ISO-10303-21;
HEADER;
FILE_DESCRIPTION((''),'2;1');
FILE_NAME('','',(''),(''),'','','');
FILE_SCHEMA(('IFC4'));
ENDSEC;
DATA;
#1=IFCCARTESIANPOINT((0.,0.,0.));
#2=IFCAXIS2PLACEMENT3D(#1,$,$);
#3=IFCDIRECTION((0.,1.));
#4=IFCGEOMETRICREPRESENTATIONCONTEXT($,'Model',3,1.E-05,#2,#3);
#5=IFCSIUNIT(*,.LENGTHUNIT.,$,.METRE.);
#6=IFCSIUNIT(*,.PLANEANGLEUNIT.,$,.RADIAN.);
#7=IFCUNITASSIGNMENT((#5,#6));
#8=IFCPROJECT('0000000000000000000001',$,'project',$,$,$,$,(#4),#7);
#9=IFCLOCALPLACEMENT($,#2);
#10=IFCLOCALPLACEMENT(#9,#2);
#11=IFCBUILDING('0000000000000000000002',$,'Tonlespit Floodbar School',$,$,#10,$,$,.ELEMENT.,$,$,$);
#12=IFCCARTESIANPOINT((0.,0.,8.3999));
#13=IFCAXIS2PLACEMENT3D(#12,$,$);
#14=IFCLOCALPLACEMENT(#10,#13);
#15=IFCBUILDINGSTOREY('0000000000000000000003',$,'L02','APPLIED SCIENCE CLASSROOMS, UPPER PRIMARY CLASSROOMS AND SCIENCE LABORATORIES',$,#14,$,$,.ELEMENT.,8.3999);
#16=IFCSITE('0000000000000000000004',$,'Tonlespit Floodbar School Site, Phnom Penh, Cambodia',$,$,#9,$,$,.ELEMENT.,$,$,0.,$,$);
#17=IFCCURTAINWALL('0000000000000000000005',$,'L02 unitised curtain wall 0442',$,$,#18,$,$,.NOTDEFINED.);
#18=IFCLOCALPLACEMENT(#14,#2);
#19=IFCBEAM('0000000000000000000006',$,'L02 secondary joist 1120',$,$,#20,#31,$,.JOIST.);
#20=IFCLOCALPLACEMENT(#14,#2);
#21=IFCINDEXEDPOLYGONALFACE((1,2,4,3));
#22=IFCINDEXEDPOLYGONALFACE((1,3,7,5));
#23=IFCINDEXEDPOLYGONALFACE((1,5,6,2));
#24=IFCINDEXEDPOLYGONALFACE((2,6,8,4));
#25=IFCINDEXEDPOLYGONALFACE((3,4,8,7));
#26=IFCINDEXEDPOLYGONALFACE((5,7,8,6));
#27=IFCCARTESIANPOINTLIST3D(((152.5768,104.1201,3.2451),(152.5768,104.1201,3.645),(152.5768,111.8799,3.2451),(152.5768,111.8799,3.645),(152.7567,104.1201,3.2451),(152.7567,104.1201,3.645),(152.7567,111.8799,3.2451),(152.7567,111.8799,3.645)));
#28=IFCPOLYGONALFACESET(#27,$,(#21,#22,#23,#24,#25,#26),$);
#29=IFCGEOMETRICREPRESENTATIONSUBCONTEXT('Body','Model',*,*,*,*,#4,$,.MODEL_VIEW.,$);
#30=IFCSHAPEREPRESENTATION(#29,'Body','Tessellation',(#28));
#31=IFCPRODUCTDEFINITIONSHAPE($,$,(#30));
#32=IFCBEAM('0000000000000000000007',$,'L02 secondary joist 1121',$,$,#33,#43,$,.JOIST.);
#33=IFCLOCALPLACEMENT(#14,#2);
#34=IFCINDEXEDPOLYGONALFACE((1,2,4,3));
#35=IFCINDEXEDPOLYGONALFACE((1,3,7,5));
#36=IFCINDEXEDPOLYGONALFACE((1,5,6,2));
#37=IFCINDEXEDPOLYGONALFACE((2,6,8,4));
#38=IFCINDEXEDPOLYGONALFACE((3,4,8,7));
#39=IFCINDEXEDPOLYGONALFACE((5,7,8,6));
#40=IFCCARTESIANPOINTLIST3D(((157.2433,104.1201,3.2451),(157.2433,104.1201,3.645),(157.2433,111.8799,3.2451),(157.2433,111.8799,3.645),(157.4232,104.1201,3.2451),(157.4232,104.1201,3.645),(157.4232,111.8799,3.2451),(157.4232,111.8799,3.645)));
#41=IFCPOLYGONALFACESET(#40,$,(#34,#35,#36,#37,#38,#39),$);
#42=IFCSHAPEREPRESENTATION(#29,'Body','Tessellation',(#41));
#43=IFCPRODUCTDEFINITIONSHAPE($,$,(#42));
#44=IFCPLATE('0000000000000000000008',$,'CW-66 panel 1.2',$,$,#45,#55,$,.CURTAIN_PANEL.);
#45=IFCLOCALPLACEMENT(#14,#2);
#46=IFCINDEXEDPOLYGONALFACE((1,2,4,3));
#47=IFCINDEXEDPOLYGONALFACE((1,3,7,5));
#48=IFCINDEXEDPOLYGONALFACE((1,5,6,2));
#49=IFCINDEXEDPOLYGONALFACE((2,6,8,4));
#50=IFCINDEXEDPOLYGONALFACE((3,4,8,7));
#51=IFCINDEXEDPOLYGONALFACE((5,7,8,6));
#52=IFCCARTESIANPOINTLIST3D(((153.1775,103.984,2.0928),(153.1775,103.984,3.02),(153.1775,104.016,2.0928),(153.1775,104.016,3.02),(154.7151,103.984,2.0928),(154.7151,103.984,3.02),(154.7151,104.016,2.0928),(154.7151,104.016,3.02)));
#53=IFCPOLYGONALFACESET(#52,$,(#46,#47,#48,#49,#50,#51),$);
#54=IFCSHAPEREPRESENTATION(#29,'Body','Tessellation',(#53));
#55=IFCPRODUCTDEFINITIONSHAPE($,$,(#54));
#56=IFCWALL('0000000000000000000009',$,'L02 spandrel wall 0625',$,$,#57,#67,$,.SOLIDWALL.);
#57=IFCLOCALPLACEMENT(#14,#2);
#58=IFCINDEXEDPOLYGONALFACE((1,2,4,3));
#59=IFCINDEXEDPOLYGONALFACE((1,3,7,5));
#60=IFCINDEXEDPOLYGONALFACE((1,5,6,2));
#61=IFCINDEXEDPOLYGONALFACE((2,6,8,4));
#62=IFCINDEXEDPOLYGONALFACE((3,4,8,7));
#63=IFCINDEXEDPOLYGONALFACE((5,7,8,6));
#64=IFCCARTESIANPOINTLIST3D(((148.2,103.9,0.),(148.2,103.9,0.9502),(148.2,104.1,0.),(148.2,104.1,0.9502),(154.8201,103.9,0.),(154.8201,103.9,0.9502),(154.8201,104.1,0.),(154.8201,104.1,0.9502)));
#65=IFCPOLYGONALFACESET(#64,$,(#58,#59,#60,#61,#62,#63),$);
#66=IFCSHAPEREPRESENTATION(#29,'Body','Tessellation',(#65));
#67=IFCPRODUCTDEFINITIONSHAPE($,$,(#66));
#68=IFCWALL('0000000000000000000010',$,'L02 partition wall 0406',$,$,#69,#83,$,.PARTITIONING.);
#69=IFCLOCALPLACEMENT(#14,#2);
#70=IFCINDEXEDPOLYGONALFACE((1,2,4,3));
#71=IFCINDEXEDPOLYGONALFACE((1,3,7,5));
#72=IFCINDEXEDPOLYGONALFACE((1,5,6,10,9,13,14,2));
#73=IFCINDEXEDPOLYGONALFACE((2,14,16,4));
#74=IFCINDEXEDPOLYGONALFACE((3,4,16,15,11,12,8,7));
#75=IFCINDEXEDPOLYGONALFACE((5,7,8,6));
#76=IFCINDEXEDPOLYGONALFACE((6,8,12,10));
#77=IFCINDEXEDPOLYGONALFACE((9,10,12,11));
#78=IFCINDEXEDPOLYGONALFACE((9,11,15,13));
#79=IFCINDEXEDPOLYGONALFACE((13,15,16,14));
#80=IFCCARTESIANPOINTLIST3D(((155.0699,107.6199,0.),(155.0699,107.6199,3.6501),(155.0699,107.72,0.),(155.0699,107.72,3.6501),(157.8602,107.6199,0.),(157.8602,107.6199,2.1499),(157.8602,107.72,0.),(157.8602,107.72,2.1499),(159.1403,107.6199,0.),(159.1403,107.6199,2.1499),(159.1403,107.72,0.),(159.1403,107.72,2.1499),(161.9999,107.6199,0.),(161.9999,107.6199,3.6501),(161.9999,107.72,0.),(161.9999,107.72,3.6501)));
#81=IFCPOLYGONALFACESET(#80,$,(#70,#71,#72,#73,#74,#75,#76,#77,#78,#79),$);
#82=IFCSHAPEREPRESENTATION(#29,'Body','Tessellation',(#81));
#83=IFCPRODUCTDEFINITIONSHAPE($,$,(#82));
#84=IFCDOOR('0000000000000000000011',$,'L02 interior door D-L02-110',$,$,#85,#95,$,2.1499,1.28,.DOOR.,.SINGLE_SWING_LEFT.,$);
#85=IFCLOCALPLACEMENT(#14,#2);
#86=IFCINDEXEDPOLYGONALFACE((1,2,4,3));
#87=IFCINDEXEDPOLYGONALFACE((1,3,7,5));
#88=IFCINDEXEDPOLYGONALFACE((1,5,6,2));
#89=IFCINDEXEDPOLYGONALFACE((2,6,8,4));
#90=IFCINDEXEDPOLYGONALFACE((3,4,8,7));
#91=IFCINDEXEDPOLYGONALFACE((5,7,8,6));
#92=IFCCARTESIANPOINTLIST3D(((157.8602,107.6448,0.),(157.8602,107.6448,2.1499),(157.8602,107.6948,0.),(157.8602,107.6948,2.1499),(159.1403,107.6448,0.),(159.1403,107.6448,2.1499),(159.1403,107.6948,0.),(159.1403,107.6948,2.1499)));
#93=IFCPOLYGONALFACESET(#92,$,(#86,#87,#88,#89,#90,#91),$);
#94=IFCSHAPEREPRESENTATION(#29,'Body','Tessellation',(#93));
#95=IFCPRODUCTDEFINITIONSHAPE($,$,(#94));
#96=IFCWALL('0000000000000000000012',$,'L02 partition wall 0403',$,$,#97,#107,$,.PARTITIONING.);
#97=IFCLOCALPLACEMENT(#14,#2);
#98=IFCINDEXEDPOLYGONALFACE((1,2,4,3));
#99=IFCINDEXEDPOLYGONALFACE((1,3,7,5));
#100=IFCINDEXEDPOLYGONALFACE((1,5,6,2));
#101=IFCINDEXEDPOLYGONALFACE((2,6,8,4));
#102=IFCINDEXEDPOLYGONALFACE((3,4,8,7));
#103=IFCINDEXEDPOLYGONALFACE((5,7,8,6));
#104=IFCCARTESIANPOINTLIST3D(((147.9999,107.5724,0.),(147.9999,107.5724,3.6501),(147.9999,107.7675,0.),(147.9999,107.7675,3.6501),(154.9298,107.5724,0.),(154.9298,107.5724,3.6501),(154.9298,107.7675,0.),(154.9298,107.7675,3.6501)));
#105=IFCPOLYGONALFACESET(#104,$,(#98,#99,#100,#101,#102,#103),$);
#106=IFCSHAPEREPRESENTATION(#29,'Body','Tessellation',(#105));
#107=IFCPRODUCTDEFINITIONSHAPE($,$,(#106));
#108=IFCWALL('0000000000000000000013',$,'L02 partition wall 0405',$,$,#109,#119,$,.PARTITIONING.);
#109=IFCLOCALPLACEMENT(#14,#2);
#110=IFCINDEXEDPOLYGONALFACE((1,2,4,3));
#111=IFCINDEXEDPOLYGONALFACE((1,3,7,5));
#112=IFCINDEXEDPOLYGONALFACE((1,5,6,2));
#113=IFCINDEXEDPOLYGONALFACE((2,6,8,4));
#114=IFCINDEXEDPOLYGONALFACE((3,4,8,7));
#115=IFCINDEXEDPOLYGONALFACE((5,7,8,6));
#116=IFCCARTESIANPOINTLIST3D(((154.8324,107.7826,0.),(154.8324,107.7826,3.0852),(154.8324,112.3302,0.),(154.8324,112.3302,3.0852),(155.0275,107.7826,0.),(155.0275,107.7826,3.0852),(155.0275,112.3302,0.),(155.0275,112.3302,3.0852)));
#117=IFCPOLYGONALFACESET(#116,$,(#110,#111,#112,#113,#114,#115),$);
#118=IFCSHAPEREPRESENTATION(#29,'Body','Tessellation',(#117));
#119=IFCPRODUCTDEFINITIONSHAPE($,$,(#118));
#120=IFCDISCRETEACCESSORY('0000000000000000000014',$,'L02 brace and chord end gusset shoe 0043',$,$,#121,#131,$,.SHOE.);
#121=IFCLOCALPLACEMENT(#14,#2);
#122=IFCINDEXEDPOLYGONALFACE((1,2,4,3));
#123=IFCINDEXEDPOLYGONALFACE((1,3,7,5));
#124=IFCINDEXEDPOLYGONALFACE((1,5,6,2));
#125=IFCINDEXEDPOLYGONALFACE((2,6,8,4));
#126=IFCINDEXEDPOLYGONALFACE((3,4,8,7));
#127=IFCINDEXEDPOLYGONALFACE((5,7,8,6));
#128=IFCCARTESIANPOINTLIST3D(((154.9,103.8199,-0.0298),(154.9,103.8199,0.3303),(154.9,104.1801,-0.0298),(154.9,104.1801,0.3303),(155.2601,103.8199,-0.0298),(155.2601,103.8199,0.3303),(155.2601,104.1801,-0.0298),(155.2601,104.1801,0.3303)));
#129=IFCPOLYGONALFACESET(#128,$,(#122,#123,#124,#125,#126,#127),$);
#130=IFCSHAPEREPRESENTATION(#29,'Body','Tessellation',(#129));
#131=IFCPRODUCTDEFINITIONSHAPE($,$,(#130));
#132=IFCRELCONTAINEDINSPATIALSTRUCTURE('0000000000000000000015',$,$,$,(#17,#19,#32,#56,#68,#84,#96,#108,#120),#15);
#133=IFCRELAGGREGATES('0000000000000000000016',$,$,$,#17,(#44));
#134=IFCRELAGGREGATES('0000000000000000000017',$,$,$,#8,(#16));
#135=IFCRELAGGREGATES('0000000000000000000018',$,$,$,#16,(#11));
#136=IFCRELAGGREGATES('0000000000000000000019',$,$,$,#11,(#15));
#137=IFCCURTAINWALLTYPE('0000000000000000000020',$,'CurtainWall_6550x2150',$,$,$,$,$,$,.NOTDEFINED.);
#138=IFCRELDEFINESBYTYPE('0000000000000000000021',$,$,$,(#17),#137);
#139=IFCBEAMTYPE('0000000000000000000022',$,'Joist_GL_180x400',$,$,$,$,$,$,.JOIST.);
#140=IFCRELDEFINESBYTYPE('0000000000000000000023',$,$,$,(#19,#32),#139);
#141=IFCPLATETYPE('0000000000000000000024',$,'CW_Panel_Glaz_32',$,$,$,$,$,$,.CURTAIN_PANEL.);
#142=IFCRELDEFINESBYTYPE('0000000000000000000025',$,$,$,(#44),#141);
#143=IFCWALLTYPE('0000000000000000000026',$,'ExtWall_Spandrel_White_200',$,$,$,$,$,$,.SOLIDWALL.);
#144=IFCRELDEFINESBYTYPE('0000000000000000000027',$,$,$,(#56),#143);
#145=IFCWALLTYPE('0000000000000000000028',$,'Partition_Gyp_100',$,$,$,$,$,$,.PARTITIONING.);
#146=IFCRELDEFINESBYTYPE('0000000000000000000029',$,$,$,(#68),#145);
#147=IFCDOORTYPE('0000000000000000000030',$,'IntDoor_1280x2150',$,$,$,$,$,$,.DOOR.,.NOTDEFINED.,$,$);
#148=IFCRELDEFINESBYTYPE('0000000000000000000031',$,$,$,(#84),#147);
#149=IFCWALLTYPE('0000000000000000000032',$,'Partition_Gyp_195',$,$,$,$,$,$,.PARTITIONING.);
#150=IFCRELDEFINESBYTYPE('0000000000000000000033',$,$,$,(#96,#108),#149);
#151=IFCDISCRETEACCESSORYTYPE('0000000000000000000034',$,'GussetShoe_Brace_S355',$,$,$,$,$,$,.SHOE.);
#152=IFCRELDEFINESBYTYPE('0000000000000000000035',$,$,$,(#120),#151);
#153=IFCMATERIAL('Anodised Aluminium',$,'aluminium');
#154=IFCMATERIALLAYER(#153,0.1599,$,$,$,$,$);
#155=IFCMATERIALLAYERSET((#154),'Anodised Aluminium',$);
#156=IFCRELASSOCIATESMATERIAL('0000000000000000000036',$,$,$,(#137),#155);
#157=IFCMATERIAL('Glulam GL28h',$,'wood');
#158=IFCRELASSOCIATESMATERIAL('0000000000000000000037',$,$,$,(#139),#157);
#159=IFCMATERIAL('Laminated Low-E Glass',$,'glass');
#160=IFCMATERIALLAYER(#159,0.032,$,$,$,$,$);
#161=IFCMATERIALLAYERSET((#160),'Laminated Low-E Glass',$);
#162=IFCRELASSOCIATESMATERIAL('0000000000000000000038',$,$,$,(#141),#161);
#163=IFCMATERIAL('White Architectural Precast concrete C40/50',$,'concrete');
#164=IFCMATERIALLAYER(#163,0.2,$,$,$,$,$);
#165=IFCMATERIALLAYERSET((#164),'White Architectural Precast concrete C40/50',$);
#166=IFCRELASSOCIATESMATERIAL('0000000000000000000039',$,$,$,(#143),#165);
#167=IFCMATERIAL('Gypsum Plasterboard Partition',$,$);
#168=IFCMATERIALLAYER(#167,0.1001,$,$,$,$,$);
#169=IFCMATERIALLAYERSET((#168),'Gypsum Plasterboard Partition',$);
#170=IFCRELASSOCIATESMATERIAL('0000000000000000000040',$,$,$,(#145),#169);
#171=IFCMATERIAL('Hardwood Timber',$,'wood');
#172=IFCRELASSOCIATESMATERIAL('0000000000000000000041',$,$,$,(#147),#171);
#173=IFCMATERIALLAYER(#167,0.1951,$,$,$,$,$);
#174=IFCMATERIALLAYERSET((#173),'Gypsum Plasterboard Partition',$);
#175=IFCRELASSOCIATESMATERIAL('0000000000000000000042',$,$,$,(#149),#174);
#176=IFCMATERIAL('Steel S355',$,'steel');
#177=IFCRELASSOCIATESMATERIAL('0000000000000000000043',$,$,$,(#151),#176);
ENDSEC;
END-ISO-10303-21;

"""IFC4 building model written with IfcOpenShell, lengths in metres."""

from ifc_helpers import new_model, si_unit, direction, frame, frame_2d, origin, origin_2d, place, context, subcontext, project, spatial, rectangle, extrude, material, layer, layer_set, material_profile, profile_set, type_object, element, fill, aggregate, save


model = new_model("IFC4")

# Units and contexts
model_context = context("Model", 3, precision=1e-05, world=origin(), true_north=direction((0.0, 1.0)))
body_context = subcontext(model_context, "Body", "Model", "MODEL_VIEW")
ifc_project = project(units=[si_unit("LENGTHUNIT", "METRE"), si_unit("PLANEANGLEUNIT", "RADIAN")], contexts=[model_context])

# Site, building, storey
site_placement = place(None, origin())
site = spatial("IfcSite", under=ifc_project, at=site_placement, Name="Tonlespit Floodbar School Site, Phnom Penh, Cambodia", CompositionType="ELEMENT", RefElevation=0.0)
building_placement = place(site_placement, origin())
building = spatial("IfcBuilding", under=site, at=building_placement, Name="Tonlespit Floodbar School", CompositionType="ELEMENT")
storey_placement = place(building_placement, frame((0.0, 0.0, 8.3999)))
storey = spatial("IfcBuildingStorey", under=building, at=storey_placement, Name="L02", Description="APPLIED SCIENCE CLASSROOMS, UPPER PRIMARY CLASSROOMS AND SCIENCE LABORATORIES", CompositionType="ELEMENT", Elevation=8.3999)

# Shared definitions
ifc_material_1 = material(Name="Glulam GL28h", Category="wood")

# Shared definitions
ifc_material_2 = material(Name="Steel S355", Category="steel")

# Curtain wall
ifc_material_3 = material(Name="Anodised Aluminium", Category="aluminium")
ifc_layer_1 = layer(ifc_material_3, 0.1599)
ifc_layer_set_1 = layer_set([ifc_layer_1], Name="Anodised Aluminium")
curtain_wall_type = type_object("IfcCurtainWallType", Name="CurtainWall_6550x2150", PredefinedType="NOTDEFINED", material=ifc_layer_set_1)
curtain_wall_placement = place(storey_placement, origin())
curtain_wall = element("IfcCurtainWall", 1, at=curtain_wall_placement, inside=storey, type_object=curtain_wall_type, Name="L02 unitised curtain wall 0442", PredefinedType="NOTDEFINED")

# Beams
ifc_material_profile_1 = material_profile(ifc_material_1, rectangle(XDim=0.1799, YDim=0.3999, at=origin_2d()), Name="GL 180x400")
ifc_profile_set_1 = profile_set([ifc_material_profile_1], Name="Glulam GL28h")
beam_type_1 = type_object("IfcBeamType", Name="Joist_GL_180x400", PredefinedType="JOIST", material=ifc_profile_set_1)
for number, where, z_axis, x_axis, name in (
    (2, (152.6667, 104.1201, 3.4451), (0.0, 1.0, 0.0), (-1.0, 0.0, 0.0), "L02 secondary joist 1120"),
    (3, (157.3333, 104.1201, 3.4451), (0.0, 1.0, 0.0), (-1.0, 0.0, 0.0), "L02 secondary joist 1121"),
):
    element("IfcBeam", number, at=place(storey_placement, frame(where, z_axis=z_axis, x_axis=x_axis)), inside=storey, type_object=beam_type_1, Name=name, PredefinedType="JOIST", context=body_context, shape_type="SweptSolid", body=[
        extrude(rectangle(XDim=0.1799, YDim=0.3999, at=origin_2d()), origin(), (0.0, 0.0, 1.0), 7.7598),
    ])

# Plate
ifc_material_4 = material(Name="Laminated Low-E Glass", Category="glass")
ifc_layer_2 = layer(ifc_material_4, 0.032)
ifc_layer_set_2 = layer_set([ifc_layer_2], Name="Laminated Low-E Glass")
plate_type = type_object("IfcPlateType", Name="CW_Panel_Glaz_32", PredefinedType="CURTAIN_PANEL", material=ifc_layer_set_2)
plate_placement = place(storey_placement, frame((153.9463, 104.0, 2.0928), z_axis=(0.0, 0.0, 1.0), x_axis=(-1.0, 0.0, 0.0)))
plate = element("IfcPlate", 4, at=plate_placement, type_object=plate_type, Name="CW-66 panel 1.2", PredefinedType="CURTAIN_PANEL", context=body_context, shape_type="SweptSolid", body=[
    extrude(rectangle(XDim=1.5376, YDim=0.032, at=origin_2d()), origin(), (0.0, 0.0, 1.0), 0.9272),
])
aggregate(curtain_wall, [plate])

# Wall
ifc_material_5 = material(Name="White Architectural Precast concrete C40/50", Category="concrete")
ifc_layer_3 = layer(ifc_material_5, 0.2)
ifc_layer_set_3 = layer_set([ifc_layer_3], Name="White Architectural Precast concrete C40/50")
wall_type_1 = type_object("IfcWallType", Name="ExtWall_Spandrel_White_200", PredefinedType="SOLIDWALL", material=ifc_layer_set_3)
wall_1_placement = place(storey_placement, frame((154.8201, 104.0, 0.0), z_axis=(0.0, 0.0, 1.0), x_axis=(-1.0, 0.0, 0.0)))
element("IfcWall", 5, at=wall_1_placement, inside=storey, type_object=wall_type_1, Name="L02 spandrel wall 0625", PredefinedType="SOLIDWALL", context=body_context, shape_type="SweptSolid", body=[
    extrude(rectangle(XDim=6.6201, YDim=0.2, at=frame_2d((3.3101, 0.0))), origin(), (0.0, 0.0, 1.0), 0.9502),
])

# Wall, opening, door
ifc_material_6 = material(Name="Gypsum Plasterboard Partition")
ifc_layer_4 = layer(ifc_material_6, 0.1001)
ifc_layer_set_4 = layer_set([ifc_layer_4], Name="Gypsum Plasterboard Partition")
wall_type_2 = type_object("IfcWallType", Name="Partition_Gyp_100", PredefinedType="PARTITIONING", material=ifc_layer_set_4)
wall_2_placement = place(storey_placement, frame((155.0701, 107.6699, 0.0), z_axis=(0.0, 0.0, 1.0), x_axis=(1.0, 0.0, 0.0)))
wall_2 = element("IfcWall", 6, at=wall_2_placement, inside=storey, type_object=wall_type_2, Name="L02 partition wall 0406", PredefinedType="PARTITIONING", context=body_context, shape_type="SweptSolid", body=[
    extrude(rectangle(XDim=6.9299, YDim=0.1001, at=frame_2d((3.4648, 0.0))), origin(), (0.0, 0.0, 1.0), 3.6501),
])
opening_placement = place(wall_2_placement, frame((2.79, 0.0, 0.0)))
opening = element("IfcOpeningElement", 7, at=opening_placement, cuts=wall_2, PredefinedType="OPENING", context=body_context, shape_type="SweptSolid", body=[
    extrude(rectangle(XDim=1.28, YDim=2.1499, at=frame_2d((0.6401, 1.075))), frame((0.0, 0.0601, 0.0), z_axis=(0.0, -1.0, 0.0), x_axis=(1.0, 0.0, 0.0)), (0.0, 0.0, 1.0), 0.1201),
])
ifc_material_7 = material(Name="Hardwood Timber", Category="wood")
door_type = type_object("IfcDoorType", Name="IntDoor_1280x2150", OperationType="NOTDEFINED", PredefinedType="DOOR", material=ifc_material_7)
door_placement = place(opening_placement, origin())
door = element("IfcDoor", 8, at=door_placement, inside=storey, type_object=door_type, Name="L02 interior door D-L02-110", OperationType="SINGLE_SWING_LEFT", OverallHeight=2.1499, OverallWidth=1.28, PredefinedType="DOOR", context=body_context, shape_type="SweptSolid", body=[
    extrude(rectangle(XDim=1.28, YDim=2.1499, at=frame_2d((0.6401, 1.075))), frame((0.0, 0.0249, 0.0), z_axis=(0.0, -1.0, 0.0), x_axis=(1.0, 0.0, 0.0)), (0.0, 0.0, 1.0), 0.05),
])
fill(opening, door)

# Walls
ifc_layer_5 = layer(ifc_material_6, 0.1951)
ifc_layer_set_5 = layer_set([ifc_layer_5], Name="Gypsum Plasterboard Partition")
wall_type_3 = type_object("IfcWallType", Name="Partition_Gyp_195", PredefinedType="PARTITIONING", material=ifc_layer_set_5)
wall_3_placement = place(storey_placement, frame((148.0, 107.6699, 0.0), z_axis=(0.0, 0.0, 1.0), x_axis=(1.0, 0.0, 0.0)))
element("IfcWall", 9, at=wall_3_placement, inside=storey, type_object=wall_type_3, Name="L02 partition wall 0403", PredefinedType="PARTITIONING", context=body_context, shape_type="SweptSolid", body=[
    extrude(rectangle(XDim=6.9299, YDim=0.1951, at=frame_2d((3.4648, 0.0))), origin(), (0.0, 0.0, 1.0), 3.6501),
])
wall_4_placement = place(storey_placement, frame((154.9299, 107.7825, 0.0), z_axis=(0.0, 0.0, 1.0), x_axis=(0.0, 1.0, 0.0)))
element("IfcWall", 10, at=wall_4_placement, inside=storey, type_object=wall_type_3, Name="L02 partition wall 0405", PredefinedType="PARTITIONING", context=body_context, shape_type="SweptSolid", body=[
    extrude(rectangle(XDim=4.5476, YDim=0.1951, at=frame_2d((2.2739, 0.0))), origin(), (0.0, 0.0, 1.0), 3.0852),
])

# Discrete accessory
discrete_accessory_type = type_object("IfcDiscreteAccessoryType", Name="GussetShoe_Brace_S355", PredefinedType="SHOE", material=ifc_material_2)
discrete_accessory_placement = place(storey_placement, frame((155.0801, 104.0, -0.0298), z_axis=(0.0, 0.0, 1.0), x_axis=(1.0, 0.0, 0.0)))
element("IfcDiscreteAccessory", 11, at=discrete_accessory_placement, inside=storey, type_object=discrete_accessory_type, Name="L02 brace and chord end gusset shoe 0043", PredefinedType="SHOE", context=body_context, shape_type="SweptSolid", body=[
    extrude(rectangle(XDim=0.3601, YDim=0.3601, at=origin_2d()), origin(), (0.0, 0.0, 1.0), 0.3601),
])

save(model, "model.ifc")
